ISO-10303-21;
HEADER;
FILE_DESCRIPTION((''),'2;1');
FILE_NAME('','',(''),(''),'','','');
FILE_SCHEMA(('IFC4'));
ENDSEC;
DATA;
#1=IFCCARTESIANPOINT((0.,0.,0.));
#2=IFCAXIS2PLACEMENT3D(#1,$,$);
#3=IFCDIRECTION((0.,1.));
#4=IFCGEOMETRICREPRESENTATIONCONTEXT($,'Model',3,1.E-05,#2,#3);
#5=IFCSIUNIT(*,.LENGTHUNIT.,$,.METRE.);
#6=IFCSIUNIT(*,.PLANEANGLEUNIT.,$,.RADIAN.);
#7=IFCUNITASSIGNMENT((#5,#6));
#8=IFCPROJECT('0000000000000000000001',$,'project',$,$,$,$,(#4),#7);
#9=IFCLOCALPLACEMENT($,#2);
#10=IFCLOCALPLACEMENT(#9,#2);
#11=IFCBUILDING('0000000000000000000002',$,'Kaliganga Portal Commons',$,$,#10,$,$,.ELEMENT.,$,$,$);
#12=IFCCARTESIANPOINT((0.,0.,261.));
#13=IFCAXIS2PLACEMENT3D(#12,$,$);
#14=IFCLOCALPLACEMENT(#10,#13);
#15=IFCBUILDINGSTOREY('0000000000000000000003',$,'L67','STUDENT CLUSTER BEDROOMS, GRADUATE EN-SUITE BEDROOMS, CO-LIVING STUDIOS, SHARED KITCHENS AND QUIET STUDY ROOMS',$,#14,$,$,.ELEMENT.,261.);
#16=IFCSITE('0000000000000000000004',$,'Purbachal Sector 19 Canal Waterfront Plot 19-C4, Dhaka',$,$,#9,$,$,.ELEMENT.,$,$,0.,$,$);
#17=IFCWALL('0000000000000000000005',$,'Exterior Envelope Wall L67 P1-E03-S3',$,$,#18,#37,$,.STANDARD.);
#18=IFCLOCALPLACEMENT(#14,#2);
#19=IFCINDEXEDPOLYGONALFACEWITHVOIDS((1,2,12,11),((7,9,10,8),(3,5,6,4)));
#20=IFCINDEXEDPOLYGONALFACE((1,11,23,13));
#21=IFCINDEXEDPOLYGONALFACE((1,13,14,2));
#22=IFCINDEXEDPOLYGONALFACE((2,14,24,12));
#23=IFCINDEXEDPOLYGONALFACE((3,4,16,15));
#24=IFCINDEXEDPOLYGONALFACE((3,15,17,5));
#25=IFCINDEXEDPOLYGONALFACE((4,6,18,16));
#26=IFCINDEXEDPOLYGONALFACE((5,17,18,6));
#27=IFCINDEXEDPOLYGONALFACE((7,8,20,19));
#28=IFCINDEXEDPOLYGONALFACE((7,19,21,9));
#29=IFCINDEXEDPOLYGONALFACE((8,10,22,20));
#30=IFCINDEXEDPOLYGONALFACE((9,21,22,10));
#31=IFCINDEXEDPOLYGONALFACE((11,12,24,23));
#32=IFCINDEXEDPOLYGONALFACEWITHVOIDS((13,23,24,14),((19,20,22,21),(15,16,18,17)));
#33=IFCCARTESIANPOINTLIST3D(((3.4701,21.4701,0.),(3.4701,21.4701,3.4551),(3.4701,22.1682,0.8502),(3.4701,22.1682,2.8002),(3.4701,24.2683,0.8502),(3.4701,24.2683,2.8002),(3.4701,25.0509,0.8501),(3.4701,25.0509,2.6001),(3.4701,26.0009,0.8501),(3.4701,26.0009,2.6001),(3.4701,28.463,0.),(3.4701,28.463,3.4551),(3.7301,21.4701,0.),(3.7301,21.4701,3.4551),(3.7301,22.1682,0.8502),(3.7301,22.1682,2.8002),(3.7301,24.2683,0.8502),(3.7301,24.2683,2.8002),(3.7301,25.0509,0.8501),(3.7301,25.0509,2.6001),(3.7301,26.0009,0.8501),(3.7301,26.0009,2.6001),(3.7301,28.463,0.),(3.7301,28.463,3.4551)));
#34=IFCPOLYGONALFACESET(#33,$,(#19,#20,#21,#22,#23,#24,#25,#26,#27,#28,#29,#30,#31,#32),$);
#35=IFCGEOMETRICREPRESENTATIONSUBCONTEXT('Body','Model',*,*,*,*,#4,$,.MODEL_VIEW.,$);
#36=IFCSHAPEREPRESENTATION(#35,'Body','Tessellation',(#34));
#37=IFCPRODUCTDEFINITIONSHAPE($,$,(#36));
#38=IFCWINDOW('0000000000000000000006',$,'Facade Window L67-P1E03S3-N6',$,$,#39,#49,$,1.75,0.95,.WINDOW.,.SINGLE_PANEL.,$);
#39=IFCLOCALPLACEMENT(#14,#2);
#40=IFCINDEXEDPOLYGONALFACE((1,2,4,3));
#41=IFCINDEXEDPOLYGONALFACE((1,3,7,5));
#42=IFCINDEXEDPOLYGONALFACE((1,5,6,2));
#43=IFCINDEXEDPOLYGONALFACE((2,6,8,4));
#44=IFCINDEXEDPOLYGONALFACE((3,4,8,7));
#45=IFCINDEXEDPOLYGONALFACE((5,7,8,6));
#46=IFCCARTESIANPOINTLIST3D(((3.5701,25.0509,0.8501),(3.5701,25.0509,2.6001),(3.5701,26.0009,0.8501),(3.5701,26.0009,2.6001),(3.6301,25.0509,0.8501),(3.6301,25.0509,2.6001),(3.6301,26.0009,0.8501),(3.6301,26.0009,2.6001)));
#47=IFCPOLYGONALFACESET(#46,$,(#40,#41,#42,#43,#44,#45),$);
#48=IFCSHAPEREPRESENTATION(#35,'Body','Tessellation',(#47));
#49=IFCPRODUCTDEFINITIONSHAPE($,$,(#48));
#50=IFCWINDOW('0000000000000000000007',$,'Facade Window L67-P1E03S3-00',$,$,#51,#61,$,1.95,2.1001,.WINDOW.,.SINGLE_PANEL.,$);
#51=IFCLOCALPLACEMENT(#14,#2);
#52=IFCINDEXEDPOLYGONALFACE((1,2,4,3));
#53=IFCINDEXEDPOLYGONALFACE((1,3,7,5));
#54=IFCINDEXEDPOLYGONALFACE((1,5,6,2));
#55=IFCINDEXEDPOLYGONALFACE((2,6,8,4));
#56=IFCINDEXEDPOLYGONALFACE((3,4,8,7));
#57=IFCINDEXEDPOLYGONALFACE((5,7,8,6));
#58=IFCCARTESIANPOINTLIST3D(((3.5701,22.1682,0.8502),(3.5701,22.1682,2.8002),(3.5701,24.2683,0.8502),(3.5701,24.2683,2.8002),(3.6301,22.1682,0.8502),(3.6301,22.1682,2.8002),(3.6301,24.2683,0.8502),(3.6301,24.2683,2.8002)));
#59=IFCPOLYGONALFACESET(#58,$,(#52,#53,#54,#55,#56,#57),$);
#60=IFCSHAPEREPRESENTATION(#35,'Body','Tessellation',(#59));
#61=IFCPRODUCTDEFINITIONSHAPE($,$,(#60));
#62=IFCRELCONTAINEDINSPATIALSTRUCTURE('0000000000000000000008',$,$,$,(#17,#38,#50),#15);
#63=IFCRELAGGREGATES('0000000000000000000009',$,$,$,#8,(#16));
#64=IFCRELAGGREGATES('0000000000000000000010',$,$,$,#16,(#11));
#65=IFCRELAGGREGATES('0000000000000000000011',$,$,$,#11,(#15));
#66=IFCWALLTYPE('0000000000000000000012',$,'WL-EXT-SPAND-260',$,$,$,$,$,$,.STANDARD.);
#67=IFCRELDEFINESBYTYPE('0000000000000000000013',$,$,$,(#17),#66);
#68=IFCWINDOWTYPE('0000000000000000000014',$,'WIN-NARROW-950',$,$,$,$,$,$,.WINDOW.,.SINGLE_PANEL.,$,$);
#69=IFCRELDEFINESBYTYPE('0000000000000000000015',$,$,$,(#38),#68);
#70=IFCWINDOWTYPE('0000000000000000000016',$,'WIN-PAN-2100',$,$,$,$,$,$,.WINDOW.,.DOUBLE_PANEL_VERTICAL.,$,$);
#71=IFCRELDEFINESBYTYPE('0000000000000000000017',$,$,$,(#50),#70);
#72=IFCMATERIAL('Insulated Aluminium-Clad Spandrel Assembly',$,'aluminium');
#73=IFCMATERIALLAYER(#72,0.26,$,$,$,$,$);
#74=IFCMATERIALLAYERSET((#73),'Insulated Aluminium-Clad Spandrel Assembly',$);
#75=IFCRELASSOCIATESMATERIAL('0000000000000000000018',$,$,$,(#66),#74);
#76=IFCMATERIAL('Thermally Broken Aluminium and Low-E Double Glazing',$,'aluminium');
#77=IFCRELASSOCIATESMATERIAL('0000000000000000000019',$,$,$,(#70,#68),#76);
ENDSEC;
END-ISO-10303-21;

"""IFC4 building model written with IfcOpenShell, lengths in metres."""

from ifc_helpers import new_model, si_unit, direction, frame, frame_2d, origin, place, context, subcontext, project, spatial, rectangle, extrude, material, layer, layer_set, type_object, element, fill, save


model = new_model("IFC4")

# Units and contexts
model_context = context("Model", 3, precision=1e-05, world=origin(), true_north=direction((0.0, 1.0)))
body_context = subcontext(model_context, "Body", "Model", "MODEL_VIEW")
ifc_project = project(units=[si_unit("LENGTHUNIT", "METRE"), si_unit("PLANEANGLEUNIT", "RADIAN")], contexts=[model_context])

# Site, building, storey
site_placement = place(None, origin())
site = spatial("IfcSite", under=ifc_project, at=site_placement, Name="Purbachal Sector 19 Canal Waterfront Plot 19-C4, Dhaka", CompositionType="ELEMENT", RefElevation=0.0)
building_placement = place(site_placement, origin())
building = spatial("IfcBuilding", under=site, at=building_placement, Name="Kaliganga Portal Commons", CompositionType="ELEMENT")
storey_placement = place(building_placement, frame((0.0, 0.0, 261.0)))
storey = spatial("IfcBuildingStorey", under=building, at=storey_placement, Name="L67", Description="STUDENT CLUSTER BEDROOMS, GRADUATE EN-SUITE BEDROOMS, CO-LIVING STUDIOS, SHARED KITCHENS AND QUIET STUDY ROOMS", CompositionType="ELEMENT", Elevation=261.0)

# Shared definitions
ifc_material_1 = material(Name="Insulated Aluminium-Clad Spandrel Assembly", Category="aluminium")
ifc_layer_1 = layer(ifc_material_1, 0.26)
ifc_layer_set_1 = layer_set([ifc_layer_1], Name="Insulated Aluminium-Clad Spandrel Assembly")
wall_type = type_object("IfcWallType", Name="WL-EXT-SPAND-260", PredefinedType="STANDARD", material=ifc_layer_set_1)
ifc_material_2 = material(Name="Thermally Broken Aluminium and Low-E Double Glazing", Category="aluminium")
window_type_1 = type_object("IfcWindowType", Name="WIN-PAN-2100", PartitioningType="DOUBLE_PANEL_VERTICAL", PredefinedType="WINDOW", material=ifc_material_2)

# Wall, openings, windows
wall_1_placement = place(storey_placement, frame((3.6001, 21.47, 0.0), z_axis=(0.0, 0.0, 1.0), x_axis=(0.0, 1.0, 0.0)))
wall_1 = element("IfcWall", 1, at=wall_1_placement, inside=storey, type_object=wall_type, Name="Exterior Envelope Wall L67 P1-E03-S3", PredefinedType="STANDARD", context=body_context, shape_type="SweptSolid", body=[
    extrude(rectangle(XDim=6.9929, YDim=0.26, at=frame_2d((3.4966, 0.0))), origin(), (0.0, 0.0, 1.0), 3.4551),
])
opening_1_placement = place(wall_1_placement, frame((0.6982, 0.0, 0.8501)))
opening_1 = element("IfcOpeningElement", 2, at=opening_1_placement, cuts=wall_1, PredefinedType="OPENING", context=body_context, shape_type="SweptSolid", body=[
    extrude(rectangle(XDim=2.1001, YDim=1.95, at=frame_2d((1.05, 0.9751))), frame((0.0, 0.1401, 0.0), z_axis=(0.0, -1.0, 0.0), x_axis=(1.0, 0.0, 0.0)), (0.0, 0.0, 1.0), 0.28),
])
opening_2_placement = place(wall_1_placement, frame((3.5808, 0.0, 0.8501)))
opening_2 = element("IfcOpeningElement", 3, at=opening_2_placement, cuts=wall_1, PredefinedType="OPENING", context=body_context, shape_type="SweptSolid", body=[
    extrude(rectangle(XDim=0.95, YDim=1.75, at=frame_2d((0.4751, 0.875))), frame((0.0, 0.1401, 0.0), z_axis=(0.0, -1.0, 0.0), x_axis=(1.0, 0.0, 0.0)), (0.0, 0.0, 1.0), 0.28),
])
window_type_2 = type_object("IfcWindowType", Name="WIN-NARROW-950", PartitioningType="SINGLE_PANEL", PredefinedType="WINDOW", material=ifc_material_2)
window_1_placement = place(opening_2_placement, origin())
window_1 = element("IfcWindow", 4, at=window_1_placement, inside=storey, type_object=window_type_2, Name="Facade Window L67-P1E03S3-N6", OverallHeight=1.75, OverallWidth=0.95, PartitioningType="SINGLE_PANEL", PredefinedType="WINDOW", context=body_context, shape_type="SweptSolid", body=[
    extrude(rectangle(XDim=0.95, YDim=1.75, at=frame_2d((0.4751, 0.875))), frame((0.0, 0.03, 0.0), z_axis=(0.0, -1.0, 0.0), x_axis=(1.0, 0.0, 0.0)), (0.0, 0.0, 1.0), 0.0601),
])
fill(opening_2, window_1)
window_2_placement = place(opening_1_placement, origin())
window_2 = element("IfcWindow", 5, at=window_2_placement, inside=storey, type_object=window_type_1, Name="Facade Window L67-P1E03S3-00", OverallHeight=1.95, OverallWidth=2.1001, PartitioningType="SINGLE_PANEL", PredefinedType="WINDOW", context=body_context, shape_type="SweptSolid", body=[
    extrude(rectangle(XDim=2.1001, YDim=1.95, at=frame_2d((1.05, 0.9751))), frame((0.0, 0.03, 0.0), z_axis=(0.0, -1.0, 0.0), x_axis=(1.0, 0.0, 0.0)), (0.0, 0.0, 1.0), 0.0601),
])
fill(opening_1, window_2)

save(model, "model.ifc")
